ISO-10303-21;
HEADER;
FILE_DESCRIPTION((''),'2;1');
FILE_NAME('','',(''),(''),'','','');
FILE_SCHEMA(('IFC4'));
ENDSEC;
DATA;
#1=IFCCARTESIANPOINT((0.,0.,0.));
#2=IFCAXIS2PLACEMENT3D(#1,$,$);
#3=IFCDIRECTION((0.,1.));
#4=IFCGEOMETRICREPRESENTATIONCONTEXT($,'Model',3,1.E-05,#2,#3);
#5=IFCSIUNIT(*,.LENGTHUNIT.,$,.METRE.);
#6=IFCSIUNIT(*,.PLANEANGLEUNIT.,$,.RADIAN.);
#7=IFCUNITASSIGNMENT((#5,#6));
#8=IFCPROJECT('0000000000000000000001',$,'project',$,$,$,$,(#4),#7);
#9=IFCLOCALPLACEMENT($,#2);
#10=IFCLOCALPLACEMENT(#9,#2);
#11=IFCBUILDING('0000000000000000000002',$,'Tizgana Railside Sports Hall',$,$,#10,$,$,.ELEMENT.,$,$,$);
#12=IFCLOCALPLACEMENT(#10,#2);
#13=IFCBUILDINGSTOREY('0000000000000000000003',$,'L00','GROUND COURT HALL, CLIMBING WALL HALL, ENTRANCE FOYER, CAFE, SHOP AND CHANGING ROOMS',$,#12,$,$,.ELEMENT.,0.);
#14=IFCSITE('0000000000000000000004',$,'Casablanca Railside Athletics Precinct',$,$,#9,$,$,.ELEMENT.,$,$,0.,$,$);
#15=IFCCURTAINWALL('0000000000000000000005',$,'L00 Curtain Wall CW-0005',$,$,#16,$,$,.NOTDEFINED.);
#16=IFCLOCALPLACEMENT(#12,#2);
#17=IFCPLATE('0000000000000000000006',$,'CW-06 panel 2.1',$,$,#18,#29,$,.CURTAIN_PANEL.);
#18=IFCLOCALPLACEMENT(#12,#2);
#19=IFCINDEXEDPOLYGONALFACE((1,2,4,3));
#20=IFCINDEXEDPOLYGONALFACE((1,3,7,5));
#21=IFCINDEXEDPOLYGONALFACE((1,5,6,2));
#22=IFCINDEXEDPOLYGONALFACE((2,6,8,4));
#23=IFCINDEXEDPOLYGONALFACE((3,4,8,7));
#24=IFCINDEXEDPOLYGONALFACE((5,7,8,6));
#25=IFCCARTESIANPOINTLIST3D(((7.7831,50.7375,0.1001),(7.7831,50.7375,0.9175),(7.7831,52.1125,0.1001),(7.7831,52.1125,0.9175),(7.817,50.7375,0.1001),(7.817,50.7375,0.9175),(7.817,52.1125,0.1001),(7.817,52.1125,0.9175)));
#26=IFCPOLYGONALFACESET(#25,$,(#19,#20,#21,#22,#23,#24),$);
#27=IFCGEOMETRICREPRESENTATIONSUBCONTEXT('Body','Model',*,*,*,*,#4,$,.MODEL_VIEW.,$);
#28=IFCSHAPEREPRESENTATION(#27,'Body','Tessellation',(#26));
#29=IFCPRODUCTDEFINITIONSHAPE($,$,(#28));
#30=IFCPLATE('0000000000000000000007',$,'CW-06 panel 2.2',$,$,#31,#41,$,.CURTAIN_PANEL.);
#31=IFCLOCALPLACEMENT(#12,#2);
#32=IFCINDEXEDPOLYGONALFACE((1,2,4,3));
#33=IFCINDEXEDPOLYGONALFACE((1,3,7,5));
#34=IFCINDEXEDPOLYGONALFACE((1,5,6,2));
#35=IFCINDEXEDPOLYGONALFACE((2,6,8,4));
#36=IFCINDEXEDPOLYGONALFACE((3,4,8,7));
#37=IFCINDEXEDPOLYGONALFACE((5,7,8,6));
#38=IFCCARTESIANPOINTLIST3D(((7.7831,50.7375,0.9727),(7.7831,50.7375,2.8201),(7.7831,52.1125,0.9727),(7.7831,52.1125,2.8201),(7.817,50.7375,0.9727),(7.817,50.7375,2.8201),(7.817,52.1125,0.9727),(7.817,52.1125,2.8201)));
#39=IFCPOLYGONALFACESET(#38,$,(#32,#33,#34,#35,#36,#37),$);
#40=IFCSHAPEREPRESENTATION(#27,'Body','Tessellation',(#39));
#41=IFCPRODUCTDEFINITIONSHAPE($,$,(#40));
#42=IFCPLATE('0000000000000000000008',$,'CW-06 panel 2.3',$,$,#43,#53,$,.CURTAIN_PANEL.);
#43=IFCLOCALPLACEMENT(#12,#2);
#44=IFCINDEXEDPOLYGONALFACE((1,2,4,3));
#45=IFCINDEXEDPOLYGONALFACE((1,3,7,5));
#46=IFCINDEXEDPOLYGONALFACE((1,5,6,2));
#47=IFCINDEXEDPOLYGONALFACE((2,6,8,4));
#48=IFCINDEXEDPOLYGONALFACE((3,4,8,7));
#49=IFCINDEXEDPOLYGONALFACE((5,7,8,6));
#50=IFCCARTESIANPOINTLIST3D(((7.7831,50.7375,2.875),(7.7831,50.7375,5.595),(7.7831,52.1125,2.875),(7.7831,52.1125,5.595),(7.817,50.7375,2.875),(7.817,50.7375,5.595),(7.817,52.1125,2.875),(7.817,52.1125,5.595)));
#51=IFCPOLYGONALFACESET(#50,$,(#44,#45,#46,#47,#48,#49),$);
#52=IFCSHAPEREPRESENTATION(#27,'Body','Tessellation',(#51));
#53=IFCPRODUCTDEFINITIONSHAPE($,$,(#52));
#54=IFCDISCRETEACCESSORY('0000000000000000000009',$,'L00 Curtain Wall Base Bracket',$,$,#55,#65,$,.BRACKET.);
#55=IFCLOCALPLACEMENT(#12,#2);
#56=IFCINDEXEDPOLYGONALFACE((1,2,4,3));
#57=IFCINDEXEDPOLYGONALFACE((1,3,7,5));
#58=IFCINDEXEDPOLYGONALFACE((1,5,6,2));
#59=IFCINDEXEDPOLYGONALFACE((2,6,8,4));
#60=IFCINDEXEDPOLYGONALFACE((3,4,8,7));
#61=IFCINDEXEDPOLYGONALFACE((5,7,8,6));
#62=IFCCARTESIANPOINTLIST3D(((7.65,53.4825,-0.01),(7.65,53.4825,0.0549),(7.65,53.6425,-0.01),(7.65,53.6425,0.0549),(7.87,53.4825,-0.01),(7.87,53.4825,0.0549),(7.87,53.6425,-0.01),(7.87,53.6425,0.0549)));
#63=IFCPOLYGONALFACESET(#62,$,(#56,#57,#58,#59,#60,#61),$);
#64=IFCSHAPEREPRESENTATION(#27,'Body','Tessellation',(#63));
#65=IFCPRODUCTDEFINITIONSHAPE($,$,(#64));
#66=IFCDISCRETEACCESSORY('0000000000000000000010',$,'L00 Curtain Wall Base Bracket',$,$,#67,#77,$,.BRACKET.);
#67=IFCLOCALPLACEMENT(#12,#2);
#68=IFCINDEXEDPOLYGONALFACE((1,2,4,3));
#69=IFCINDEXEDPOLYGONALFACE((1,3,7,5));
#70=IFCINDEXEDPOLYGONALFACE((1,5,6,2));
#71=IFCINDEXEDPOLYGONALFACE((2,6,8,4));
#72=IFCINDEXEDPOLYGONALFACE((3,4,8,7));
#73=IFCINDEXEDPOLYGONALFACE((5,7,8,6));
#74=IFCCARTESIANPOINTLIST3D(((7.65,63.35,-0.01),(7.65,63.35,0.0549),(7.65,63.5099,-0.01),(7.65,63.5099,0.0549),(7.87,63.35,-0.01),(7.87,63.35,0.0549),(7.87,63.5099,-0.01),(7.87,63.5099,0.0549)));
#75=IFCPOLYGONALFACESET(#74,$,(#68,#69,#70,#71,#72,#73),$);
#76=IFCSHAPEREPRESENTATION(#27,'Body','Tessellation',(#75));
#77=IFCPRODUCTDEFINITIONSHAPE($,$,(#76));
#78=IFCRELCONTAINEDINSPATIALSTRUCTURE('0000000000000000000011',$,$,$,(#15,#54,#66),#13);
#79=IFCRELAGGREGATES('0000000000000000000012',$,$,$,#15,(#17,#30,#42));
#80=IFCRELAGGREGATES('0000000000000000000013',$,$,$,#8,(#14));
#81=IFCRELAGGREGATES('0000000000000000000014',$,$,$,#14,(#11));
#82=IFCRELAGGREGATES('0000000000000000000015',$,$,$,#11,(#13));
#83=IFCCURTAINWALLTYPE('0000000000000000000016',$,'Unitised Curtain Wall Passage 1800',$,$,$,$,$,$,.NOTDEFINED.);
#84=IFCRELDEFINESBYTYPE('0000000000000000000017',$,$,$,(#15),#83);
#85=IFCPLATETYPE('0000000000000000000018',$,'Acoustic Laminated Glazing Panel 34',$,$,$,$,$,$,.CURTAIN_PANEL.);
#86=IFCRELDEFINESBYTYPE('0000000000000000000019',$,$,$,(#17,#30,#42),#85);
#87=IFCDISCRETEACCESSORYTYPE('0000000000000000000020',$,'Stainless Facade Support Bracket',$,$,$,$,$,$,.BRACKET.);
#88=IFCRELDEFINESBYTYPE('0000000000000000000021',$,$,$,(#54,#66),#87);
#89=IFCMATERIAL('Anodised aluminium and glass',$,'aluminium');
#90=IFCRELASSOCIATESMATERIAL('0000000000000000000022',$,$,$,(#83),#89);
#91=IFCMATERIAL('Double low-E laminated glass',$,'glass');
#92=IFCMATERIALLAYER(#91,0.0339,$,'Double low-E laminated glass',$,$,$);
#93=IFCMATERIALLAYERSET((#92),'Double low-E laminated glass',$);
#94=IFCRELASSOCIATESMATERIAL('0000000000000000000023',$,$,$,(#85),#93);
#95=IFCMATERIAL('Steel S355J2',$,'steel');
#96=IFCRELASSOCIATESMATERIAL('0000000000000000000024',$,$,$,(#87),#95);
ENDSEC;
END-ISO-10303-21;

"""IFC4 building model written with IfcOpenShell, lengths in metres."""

from ifc_helpers import new_model, si_unit, direction, frame, origin, origin_2d, place, context, subcontext, project, spatial, rectangle, extrude, material, layer, layer_set, type_object, element, aggregate, save


model = new_model("IFC4")

# Units and contexts
model_context = context("Model", 3, precision=1e-05, world=origin(), true_north=direction((0.0, 1.0)))
body_context = subcontext(model_context, "Body", "Model", "MODEL_VIEW")
ifc_project = project(units=[si_unit("LENGTHUNIT", "METRE"), si_unit("PLANEANGLEUNIT", "RADIAN")], contexts=[model_context])

# Site, building, storey
site_placement = place(None, origin())
site = spatial("IfcSite", under=ifc_project, at=site_placement, Name="Casablanca Railside Athletics Precinct", CompositionType="ELEMENT", RefElevation=0.0)
building_placement = place(site_placement, origin())
building = spatial("IfcBuilding", under=site, at=building_placement, Name="Tizgana Railside Sports Hall", CompositionType="ELEMENT")
storey_placement = place(building_placement, origin())
storey = spatial("IfcBuildingStorey", under=building, at=storey_placement, Name="L00", Description="GROUND COURT HALL, CLIMBING WALL HALL, ENTRANCE FOYER, CAFE, SHOP AND CHANGING ROOMS", CompositionType="ELEMENT", Elevation=0.0)

# Curtain wall
ifc_material_1 = material(Name="Anodised aluminium and glass", Category="aluminium")
curtain_wall_type = type_object("IfcCurtainWallType", Name="Unitised Curtain Wall Passage 1800", PredefinedType="NOTDEFINED", material=ifc_material_1)
curtain_wall_placement = place(storey_placement, origin())
curtain_wall = element("IfcCurtainWall", 1, at=curtain_wall_placement, inside=storey, type_object=curtain_wall_type, Name="L00 Curtain Wall CW-0005", PredefinedType="NOTDEFINED")

# Shared definitions
ifc_material_2 = material(Name="Steel S355J2", Category="steel")

# Plates
ifc_material_3 = material(Name="Double low-E laminated glass", Category="glass")
ifc_layer = layer(ifc_material_3, 0.0339, Name="Double low-E laminated glass")
ifc_layer_set = layer_set([ifc_layer], Name="Double low-E laminated glass")
plate_type = type_object("IfcPlateType", Name="Acoustic Laminated Glazing Panel 34", PredefinedType="CURTAIN_PANEL", material=ifc_layer_set)
plate_1_placement = place(storey_placement, frame((7.8, 51.425, 0.1001), z_axis=(0.0, 0.0, 1.0), x_axis=(0.0, -1.0, 0.0)))
plate_1 = element("IfcPlate", 2, at=plate_1_placement, type_object=plate_type, Name="CW-06 panel 2.1", PredefinedType="CURTAIN_PANEL", context=body_context, shape_type="SweptSolid", body=[
    extrude(rectangle(XDim=1.375, YDim=0.0339, at=origin_2d()), origin(), (0.0, 0.0, 1.0), 0.8174),
])
plate_2_placement = place(storey_placement, frame((7.8, 51.425, 0.9727), z_axis=(0.0, 0.0, 1.0), x_axis=(0.0, -1.0, 0.0)))
plate_2 = element("IfcPlate", 3, at=plate_2_placement, type_object=plate_type, Name="CW-06 panel 2.2", PredefinedType="CURTAIN_PANEL", context=body_context, shape_type="SweptSolid", body=[
    extrude(rectangle(XDim=1.375, YDim=0.0339, at=origin_2d()), origin(), (0.0, 0.0, 1.0), 1.8474),
])
plate_3_placement = place(storey_placement, frame((7.8, 51.425, 2.875), z_axis=(0.0, 0.0, 1.0), x_axis=(0.0, -1.0, 0.0)))
plate_3 = element("IfcPlate", 4, at=plate_3_placement, type_object=plate_type, Name="CW-06 panel 2.3", PredefinedType="CURTAIN_PANEL", context=body_context, shape_type="SweptSolid", body=[
    extrude(rectangle(XDim=1.375, YDim=0.0339, at=origin_2d()), origin(), (0.0, 0.0, 1.0), 2.72),
])
aggregate(curtain_wall, [plate_1, plate_2, plate_3])

# Discrete accessories
discrete_accessory_type = type_object("IfcDiscreteAccessoryType", Name="Stainless Facade Support Bracket", PredefinedType="BRACKET", material=ifc_material_2)
for number, where, z_axis, x_axis, name in (
    (5, (7.76, 53.5625, -0.01), (0.0, 0.0, 1.0), (0.0, -1.0, 0.0), "L00 Curtain Wall Base Bracket"),
    (6, (7.76, 63.4299, -0.01), (0.0, 0.0, 1.0), (0.0, -1.0, 0.0), "L00 Curtain Wall Base Bracket"),
):
    element("IfcDiscreteAccessory", number, at=place(storey_placement, frame(where, z_axis=z_axis, x_axis=x_axis)), inside=storey, type_object=discrete_accessory_type, Name=name, PredefinedType="BRACKET", context=body_context, shape_type="SweptSolid", body=[
        extrude(rectangle(XDim=0.1599, YDim=0.22, at=origin_2d()), origin(), (0.0, 0.0, 1.0), 0.0649),
    ])

save(model, "model.ifc")
